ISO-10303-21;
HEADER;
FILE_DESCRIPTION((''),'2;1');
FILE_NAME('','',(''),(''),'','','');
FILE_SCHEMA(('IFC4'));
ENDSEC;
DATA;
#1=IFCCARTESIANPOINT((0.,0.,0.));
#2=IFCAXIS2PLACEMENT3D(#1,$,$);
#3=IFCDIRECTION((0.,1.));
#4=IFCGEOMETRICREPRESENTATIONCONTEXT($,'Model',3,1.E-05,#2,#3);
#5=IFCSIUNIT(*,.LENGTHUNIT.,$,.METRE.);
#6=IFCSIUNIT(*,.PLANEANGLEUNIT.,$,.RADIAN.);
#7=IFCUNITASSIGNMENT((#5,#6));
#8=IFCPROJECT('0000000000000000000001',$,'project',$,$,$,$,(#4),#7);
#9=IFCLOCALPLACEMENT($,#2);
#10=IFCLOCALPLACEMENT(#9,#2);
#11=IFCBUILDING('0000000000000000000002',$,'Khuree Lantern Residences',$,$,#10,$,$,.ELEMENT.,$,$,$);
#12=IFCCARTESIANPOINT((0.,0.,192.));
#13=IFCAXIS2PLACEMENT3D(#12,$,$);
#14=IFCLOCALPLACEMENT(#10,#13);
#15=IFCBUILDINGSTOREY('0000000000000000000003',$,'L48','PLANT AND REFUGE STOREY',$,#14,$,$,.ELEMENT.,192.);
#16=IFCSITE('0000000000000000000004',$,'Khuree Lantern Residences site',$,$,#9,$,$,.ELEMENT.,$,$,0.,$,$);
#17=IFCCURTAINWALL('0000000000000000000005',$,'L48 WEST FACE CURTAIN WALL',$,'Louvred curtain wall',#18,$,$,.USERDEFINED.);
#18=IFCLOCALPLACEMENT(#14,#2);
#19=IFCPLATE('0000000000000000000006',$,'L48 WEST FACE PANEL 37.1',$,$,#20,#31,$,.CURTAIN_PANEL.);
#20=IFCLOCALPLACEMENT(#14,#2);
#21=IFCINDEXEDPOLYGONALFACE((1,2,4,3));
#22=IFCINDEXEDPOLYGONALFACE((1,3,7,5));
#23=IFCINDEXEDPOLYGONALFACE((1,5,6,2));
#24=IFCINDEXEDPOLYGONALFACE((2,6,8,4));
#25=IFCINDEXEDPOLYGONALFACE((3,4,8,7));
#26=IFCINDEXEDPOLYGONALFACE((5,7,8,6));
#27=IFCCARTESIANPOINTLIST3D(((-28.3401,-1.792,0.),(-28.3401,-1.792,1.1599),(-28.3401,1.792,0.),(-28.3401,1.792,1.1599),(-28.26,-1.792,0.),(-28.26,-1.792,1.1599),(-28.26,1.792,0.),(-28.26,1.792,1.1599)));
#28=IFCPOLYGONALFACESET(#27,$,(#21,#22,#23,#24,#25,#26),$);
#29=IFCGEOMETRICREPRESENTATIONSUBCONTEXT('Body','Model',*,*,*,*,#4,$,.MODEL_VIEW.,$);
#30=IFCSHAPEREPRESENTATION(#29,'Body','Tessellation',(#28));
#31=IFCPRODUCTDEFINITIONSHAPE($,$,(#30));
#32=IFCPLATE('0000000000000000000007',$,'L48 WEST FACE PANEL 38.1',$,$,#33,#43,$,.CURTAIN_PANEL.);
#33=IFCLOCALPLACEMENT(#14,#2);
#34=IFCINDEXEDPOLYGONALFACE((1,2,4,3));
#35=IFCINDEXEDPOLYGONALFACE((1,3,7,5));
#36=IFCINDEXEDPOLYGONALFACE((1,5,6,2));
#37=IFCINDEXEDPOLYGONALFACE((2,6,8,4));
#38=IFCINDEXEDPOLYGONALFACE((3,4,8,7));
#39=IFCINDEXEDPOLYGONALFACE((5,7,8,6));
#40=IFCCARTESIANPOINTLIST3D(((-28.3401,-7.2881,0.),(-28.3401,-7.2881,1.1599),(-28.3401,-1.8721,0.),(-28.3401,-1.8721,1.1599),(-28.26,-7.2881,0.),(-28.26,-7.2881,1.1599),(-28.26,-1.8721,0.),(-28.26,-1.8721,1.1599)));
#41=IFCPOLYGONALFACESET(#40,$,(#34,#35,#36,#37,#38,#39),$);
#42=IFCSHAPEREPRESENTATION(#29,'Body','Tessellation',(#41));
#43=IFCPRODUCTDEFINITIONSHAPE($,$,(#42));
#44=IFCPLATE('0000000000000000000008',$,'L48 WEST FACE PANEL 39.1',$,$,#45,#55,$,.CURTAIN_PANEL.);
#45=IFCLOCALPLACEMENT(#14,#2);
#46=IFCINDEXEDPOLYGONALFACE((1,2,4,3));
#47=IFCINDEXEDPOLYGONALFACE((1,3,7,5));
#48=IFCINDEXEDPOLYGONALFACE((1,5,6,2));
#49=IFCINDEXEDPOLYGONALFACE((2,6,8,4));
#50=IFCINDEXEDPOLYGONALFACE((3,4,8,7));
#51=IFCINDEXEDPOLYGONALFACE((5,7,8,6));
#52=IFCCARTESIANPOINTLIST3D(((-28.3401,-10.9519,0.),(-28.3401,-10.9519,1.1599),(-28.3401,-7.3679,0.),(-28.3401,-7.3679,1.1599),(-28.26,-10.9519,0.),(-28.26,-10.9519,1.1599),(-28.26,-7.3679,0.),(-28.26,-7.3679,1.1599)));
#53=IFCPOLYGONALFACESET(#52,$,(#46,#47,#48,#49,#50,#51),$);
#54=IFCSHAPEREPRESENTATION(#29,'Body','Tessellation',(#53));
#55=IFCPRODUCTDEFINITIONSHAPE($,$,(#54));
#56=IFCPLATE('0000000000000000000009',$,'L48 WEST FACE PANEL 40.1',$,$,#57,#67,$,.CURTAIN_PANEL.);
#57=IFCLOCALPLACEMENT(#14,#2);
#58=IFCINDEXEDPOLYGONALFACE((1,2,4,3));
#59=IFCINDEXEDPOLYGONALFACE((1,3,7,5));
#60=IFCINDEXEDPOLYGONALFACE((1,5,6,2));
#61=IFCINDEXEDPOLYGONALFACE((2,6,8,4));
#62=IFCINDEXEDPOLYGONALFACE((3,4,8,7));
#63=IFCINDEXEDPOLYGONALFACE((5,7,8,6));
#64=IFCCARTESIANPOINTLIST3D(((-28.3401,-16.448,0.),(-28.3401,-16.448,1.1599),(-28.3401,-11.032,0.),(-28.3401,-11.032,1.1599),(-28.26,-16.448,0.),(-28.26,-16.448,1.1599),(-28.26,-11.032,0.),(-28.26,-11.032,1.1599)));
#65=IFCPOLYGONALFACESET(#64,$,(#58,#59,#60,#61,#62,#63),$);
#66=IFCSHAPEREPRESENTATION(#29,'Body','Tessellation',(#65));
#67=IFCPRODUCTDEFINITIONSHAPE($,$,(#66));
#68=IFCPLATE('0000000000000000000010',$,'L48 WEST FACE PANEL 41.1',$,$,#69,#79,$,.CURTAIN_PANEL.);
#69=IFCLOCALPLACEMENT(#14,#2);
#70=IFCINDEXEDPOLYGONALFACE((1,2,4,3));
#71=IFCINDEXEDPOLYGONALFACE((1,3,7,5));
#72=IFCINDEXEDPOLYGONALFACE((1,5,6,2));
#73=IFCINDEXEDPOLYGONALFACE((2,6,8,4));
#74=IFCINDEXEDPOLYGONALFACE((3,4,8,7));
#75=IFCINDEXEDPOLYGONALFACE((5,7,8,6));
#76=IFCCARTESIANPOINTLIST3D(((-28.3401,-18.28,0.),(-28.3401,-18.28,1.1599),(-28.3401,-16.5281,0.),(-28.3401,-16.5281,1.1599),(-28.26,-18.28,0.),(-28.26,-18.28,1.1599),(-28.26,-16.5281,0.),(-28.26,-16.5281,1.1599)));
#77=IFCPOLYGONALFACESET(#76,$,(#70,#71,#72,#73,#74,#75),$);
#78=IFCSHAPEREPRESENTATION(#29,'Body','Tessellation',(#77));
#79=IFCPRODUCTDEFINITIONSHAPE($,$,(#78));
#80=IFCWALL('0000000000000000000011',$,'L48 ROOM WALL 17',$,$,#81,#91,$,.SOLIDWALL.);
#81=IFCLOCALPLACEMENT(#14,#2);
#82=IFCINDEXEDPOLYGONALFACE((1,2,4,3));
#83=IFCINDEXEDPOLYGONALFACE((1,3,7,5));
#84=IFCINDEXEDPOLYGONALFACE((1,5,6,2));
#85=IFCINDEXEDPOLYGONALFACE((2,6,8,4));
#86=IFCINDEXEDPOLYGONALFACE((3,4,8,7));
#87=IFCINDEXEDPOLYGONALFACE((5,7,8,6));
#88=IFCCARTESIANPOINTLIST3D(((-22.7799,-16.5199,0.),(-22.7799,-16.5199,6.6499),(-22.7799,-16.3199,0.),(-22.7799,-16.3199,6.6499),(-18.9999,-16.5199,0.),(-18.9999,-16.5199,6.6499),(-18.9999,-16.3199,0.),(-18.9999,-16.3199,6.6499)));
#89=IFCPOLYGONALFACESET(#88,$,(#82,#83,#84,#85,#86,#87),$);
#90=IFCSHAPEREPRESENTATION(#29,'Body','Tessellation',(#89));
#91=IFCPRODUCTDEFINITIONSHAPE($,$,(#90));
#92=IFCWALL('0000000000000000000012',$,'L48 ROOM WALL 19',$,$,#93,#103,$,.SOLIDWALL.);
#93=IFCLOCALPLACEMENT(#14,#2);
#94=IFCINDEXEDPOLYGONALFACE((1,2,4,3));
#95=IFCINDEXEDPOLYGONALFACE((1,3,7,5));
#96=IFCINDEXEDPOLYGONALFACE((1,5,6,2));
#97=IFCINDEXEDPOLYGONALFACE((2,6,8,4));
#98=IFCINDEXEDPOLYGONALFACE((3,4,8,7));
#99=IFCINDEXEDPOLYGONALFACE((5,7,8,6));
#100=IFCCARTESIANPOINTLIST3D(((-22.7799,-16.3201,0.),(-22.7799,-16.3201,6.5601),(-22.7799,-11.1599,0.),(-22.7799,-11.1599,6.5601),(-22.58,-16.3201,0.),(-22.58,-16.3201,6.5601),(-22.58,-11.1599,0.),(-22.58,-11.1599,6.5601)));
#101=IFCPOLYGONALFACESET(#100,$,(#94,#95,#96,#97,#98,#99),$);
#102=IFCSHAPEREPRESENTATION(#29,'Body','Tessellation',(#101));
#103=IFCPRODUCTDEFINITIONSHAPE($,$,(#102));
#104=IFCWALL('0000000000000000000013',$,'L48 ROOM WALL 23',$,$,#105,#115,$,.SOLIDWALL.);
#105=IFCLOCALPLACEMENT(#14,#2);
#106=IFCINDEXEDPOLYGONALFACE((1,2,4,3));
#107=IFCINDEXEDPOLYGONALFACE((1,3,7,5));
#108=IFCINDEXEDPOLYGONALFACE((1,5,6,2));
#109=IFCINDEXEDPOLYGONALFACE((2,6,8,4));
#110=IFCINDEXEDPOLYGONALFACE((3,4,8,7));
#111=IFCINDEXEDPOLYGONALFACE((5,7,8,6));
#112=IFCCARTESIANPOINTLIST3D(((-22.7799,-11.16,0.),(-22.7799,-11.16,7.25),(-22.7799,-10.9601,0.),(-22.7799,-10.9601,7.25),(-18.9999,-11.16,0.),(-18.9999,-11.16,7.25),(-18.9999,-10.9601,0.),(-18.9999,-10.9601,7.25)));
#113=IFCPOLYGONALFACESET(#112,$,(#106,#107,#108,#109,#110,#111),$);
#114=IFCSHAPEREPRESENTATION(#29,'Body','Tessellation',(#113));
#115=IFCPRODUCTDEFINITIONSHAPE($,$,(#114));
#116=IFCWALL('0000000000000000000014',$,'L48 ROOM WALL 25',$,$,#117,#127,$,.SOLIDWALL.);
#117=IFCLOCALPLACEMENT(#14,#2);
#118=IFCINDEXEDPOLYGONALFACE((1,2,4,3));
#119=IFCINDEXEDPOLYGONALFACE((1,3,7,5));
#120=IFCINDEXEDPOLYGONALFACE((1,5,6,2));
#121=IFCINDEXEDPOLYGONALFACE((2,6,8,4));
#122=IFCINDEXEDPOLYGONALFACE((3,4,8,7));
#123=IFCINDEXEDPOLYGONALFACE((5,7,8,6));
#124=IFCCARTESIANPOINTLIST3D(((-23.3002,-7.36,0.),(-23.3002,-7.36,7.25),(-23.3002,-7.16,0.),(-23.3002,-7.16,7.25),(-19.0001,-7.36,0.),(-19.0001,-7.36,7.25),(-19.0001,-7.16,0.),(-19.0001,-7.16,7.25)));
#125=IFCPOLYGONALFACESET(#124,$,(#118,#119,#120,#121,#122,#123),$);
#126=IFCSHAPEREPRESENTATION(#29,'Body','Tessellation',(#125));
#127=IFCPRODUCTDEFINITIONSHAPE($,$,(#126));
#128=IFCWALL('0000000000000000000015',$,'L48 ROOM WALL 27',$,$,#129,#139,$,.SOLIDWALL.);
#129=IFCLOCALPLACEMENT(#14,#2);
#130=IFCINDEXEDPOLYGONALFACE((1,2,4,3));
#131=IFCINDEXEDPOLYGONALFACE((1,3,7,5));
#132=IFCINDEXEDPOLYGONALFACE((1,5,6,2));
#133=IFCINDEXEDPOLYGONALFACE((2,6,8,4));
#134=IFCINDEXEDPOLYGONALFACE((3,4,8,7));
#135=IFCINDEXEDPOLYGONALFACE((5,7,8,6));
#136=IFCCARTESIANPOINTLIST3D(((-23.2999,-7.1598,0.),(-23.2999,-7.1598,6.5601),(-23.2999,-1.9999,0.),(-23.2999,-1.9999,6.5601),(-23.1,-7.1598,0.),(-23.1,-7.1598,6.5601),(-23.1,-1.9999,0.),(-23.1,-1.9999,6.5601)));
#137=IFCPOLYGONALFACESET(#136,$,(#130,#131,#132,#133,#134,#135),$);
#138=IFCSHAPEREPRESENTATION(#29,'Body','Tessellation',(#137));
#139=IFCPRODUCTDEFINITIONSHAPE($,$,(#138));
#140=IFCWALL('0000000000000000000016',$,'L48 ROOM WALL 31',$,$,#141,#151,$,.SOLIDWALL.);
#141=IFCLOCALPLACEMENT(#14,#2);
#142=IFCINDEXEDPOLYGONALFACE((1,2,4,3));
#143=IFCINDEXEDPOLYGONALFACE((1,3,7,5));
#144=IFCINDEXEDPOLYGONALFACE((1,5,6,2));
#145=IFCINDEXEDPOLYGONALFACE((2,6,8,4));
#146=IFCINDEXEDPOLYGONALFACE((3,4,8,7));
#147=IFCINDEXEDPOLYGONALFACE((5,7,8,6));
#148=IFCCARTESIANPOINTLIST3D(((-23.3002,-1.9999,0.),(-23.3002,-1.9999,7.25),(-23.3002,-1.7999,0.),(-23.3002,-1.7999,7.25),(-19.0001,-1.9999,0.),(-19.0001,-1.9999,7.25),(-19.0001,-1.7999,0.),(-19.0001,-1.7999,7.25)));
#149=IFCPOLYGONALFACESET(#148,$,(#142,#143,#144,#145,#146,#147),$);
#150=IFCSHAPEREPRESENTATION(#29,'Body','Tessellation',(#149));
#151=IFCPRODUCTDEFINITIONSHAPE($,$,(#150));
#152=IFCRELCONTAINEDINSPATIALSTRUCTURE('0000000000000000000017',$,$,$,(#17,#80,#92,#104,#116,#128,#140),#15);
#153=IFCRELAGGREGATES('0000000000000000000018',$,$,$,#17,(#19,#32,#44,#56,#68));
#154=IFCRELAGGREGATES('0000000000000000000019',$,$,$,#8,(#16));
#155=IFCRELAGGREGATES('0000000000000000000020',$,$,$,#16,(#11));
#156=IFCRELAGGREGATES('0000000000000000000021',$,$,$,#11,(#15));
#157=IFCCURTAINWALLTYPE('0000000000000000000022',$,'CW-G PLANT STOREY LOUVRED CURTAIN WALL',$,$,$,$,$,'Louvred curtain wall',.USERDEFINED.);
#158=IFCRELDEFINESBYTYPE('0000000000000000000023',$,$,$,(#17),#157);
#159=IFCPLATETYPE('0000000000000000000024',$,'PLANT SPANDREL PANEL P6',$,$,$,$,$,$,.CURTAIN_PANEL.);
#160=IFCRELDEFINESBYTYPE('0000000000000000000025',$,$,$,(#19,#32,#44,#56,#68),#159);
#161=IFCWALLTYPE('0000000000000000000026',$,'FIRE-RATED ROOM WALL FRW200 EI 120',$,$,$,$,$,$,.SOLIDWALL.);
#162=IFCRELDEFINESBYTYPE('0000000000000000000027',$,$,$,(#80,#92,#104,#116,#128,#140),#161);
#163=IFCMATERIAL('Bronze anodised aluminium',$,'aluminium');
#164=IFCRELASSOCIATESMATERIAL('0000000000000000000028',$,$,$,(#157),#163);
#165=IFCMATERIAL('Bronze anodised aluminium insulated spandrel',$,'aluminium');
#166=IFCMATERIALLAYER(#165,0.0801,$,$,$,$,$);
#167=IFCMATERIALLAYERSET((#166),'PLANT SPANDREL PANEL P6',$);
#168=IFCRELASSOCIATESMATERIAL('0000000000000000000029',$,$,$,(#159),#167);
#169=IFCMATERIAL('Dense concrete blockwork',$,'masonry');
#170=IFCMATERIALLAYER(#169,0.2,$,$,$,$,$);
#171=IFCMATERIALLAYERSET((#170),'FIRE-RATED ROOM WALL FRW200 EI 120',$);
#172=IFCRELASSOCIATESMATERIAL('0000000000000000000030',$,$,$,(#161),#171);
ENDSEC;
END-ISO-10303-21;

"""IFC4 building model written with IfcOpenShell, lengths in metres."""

from ifc_helpers import new_model, si_unit, direction, frame, frame_2d, origin, origin_2d, place, context, subcontext, project, spatial, rectangle, extrude, material, layer, layer_set, type_object, element, aggregate, save


model = new_model("IFC4")

# Units and contexts
model_context = context("Model", 3, precision=1e-05, world=origin(), true_north=direction((0.0, 1.0)))
body_context = subcontext(model_context, "Body", "Model", "MODEL_VIEW")
ifc_project = project(units=[si_unit("LENGTHUNIT", "METRE"), si_unit("PLANEANGLEUNIT", "RADIAN")], contexts=[model_context])

# Site, building, storey
site_placement = place(None, origin())
site = spatial("IfcSite", under=ifc_project, at=site_placement, Name="Khuree Lantern Residences site", CompositionType="ELEMENT", RefElevation=0.0)
building_placement = place(site_placement, origin())
building = spatial("IfcBuilding", under=site, at=building_placement, Name="Khuree Lantern Residences", CompositionType="ELEMENT")
storey_placement = place(building_placement, frame((0.0, 0.0, 192.0)))
storey = spatial("IfcBuildingStorey", under=building, at=storey_placement, Name="L48", Description="PLANT AND REFUGE STOREY", CompositionType="ELEMENT", Elevation=192.0)

# Curtain wall
ifc_material_1 = material(Name="Bronze anodised aluminium", Category="aluminium")
curtain_wall_type = type_object("IfcCurtainWallType", Name="CW-G PLANT STOREY LOUVRED CURTAIN WALL", ElementType="Louvred curtain wall", PredefinedType="USERDEFINED", material=ifc_material_1)
curtain_wall_placement = place(storey_placement, origin())
curtain_wall = element("IfcCurtainWall", 1, at=curtain_wall_placement, inside=storey, type_object=curtain_wall_type, Name="L48 WEST FACE CURTAIN WALL", ObjectType="Louvred curtain wall", PredefinedType="USERDEFINED")

# Plates
ifc_material_2 = material(Name="Bronze anodised aluminium insulated spandrel", Category="aluminium")
ifc_layer_1 = layer(ifc_material_2, 0.0801)
ifc_layer_set_1 = layer_set([ifc_layer_1], Name="PLANT SPANDREL PANEL P6")
plate_type_1 = type_object("IfcPlateType", Name="PLANT SPANDREL PANEL P6", PredefinedType="CURTAIN_PANEL", material=ifc_layer_set_1)
plate_1_placement = place(storey_placement, frame((-28.3, 0.0, 0.0), z_axis=(0.0, 0.0, 1.0), x_axis=(0.0, -1.0, 0.0)))
plate_1 = element("IfcPlate", 2, at=plate_1_placement, type_object=plate_type_1, Name="L48 WEST FACE PANEL 37.1", PredefinedType="CURTAIN_PANEL", context=body_context, shape_type="SweptSolid", body=[
    extrude(rectangle(XDim=3.584, YDim=0.0801, at=origin_2d()), origin(), (0.0, 0.0, 1.0), 1.1599),
])
plate_2_placement = place(storey_placement, frame((-28.3, -4.5801, 0.0), z_axis=(0.0, 0.0, 1.0), x_axis=(0.0, -1.0, 0.0)))
plate_2 = element("IfcPlate", 3, at=plate_2_placement, type_object=plate_type_1, Name="L48 WEST FACE PANEL 38.1", PredefinedType="CURTAIN_PANEL", context=body_context, shape_type="SweptSolid", body=[
    extrude(rectangle(XDim=5.416, YDim=0.0801, at=origin_2d()), origin(), (0.0, 0.0, 1.0), 1.1599),
])
plate_3_placement = place(storey_placement, frame((-28.3, -9.1599, 0.0), z_axis=(0.0, 0.0, 1.0), x_axis=(0.0, -1.0, 0.0)))
plate_3 = element("IfcPlate", 4, at=plate_3_placement, type_object=plate_type_1, Name="L48 WEST FACE PANEL 39.1", PredefinedType="CURTAIN_PANEL", context=body_context, shape_type="SweptSolid", body=[
    extrude(rectangle(XDim=3.584, YDim=0.0801, at=origin_2d()), origin(), (0.0, 0.0, 1.0), 1.1599),
])
plate_4_placement = place(storey_placement, frame((-28.3, -13.74, 0.0), z_axis=(0.0, 0.0, 1.0), x_axis=(0.0, -1.0, 0.0)))
plate_4 = element("IfcPlate", 5, at=plate_4_placement, type_object=plate_type_1, Name="L48 WEST FACE PANEL 40.1", PredefinedType="CURTAIN_PANEL", context=body_context, shape_type="SweptSolid", body=[
    extrude(rectangle(XDim=5.416, YDim=0.0801, at=origin_2d()), origin(), (0.0, 0.0, 1.0), 1.1599),
])
plate_5_placement = place(storey_placement, frame((-28.3, -17.4041, 0.0), z_axis=(0.0, 0.0, 1.0), x_axis=(0.0, -1.0, 0.0)))
plate_5 = element("IfcPlate", 6, at=plate_5_placement, type_object=plate_type_1, Name="L48 WEST FACE PANEL 41.1", PredefinedType="CURTAIN_PANEL", context=body_context, shape_type="SweptSolid", body=[
    extrude(rectangle(XDim=1.752, YDim=0.0801, at=origin_2d()), origin(), (0.0, 0.0, 1.0), 1.1599),
])
aggregate(curtain_wall, [plate_1, plate_2, plate_3, plate_4, plate_5])

# Walls
ifc_material_3 = material(Name="Dense concrete blockwork", Category="masonry")
ifc_layer_2 = layer(ifc_material_3, 0.2)
ifc_layer_set_2 = layer_set([ifc_layer_2], Name="FIRE-RATED ROOM WALL FRW200 EI 120")
wall_type = type_object("IfcWallType", Name="FIRE-RATED ROOM WALL FRW200 EI 120", PredefinedType="SOLIDWALL", material=ifc_layer_set_2)
wall_1_placement = place(storey_placement, frame((-22.78, -16.4199, 0.0), z_axis=(0.0, 0.0, 1.0), x_axis=(1.0, 0.0, 0.0)))
element("IfcWall", 7, at=wall_1_placement, inside=storey, type_object=wall_type, Name="L48 ROOM WALL 17", PredefinedType="SOLIDWALL", context=body_context, shape_type="SweptSolid", body=[
    extrude(rectangle(XDim=3.78, YDim=0.2, at=frame_2d((1.8901, 0.0))), origin(), (0.0, 0.0, 1.0), 6.6499),
])
wall_2_placement = place(storey_placement, frame((-22.6799, -16.3201, 0.0), z_axis=(0.0, 0.0, 1.0), x_axis=(0.0, 1.0, 0.0)))
element("IfcWall", 8, at=wall_2_placement, inside=storey, type_object=wall_type, Name="L48 ROOM WALL 19", PredefinedType="SOLIDWALL", context=body_context, shape_type="SweptSolid", body=[
    extrude(rectangle(XDim=5.1602, YDim=0.2, at=frame_2d((2.5801, 0.0))), origin(), (0.0, 0.0, 1.0), 6.5601),
])
wall_3_placement = place(storey_placement, frame((-22.78, -11.0601, 0.0), z_axis=(0.0, 0.0, 1.0), x_axis=(1.0, 0.0, 0.0)))
element("IfcWall", 9, at=wall_3_placement, inside=storey, type_object=wall_type, Name="L48 ROOM WALL 23", PredefinedType="SOLIDWALL", context=body_context, shape_type="SweptSolid", body=[
    extrude(rectangle(XDim=3.78, YDim=0.2, at=frame_2d((1.8901, 0.0))), origin(), (0.0, 0.0, 1.0), 7.25),
])
wall_4_placement = place(storey_placement, frame((-23.3, -7.26, 0.0), z_axis=(0.0, 0.0, 1.0), x_axis=(1.0, 0.0, 0.0)))
element("IfcWall", 10, at=wall_4_placement, inside=storey, type_object=wall_type, Name="L48 ROOM WALL 25", PredefinedType="SOLIDWALL", context=body_context, shape_type="SweptSolid", body=[
    extrude(rectangle(XDim=4.3, YDim=0.2, at=frame_2d((2.1499, 0.0))), origin(), (0.0, 0.0, 1.0), 7.25),
])
wall_5_placement = place(storey_placement, frame((-23.2, -7.1599, 0.0), z_axis=(0.0, 0.0, 1.0), x_axis=(0.0, 1.0, 0.0)))
element("IfcWall", 11, at=wall_5_placement, inside=storey, type_object=wall_type, Name="L48 ROOM WALL 27", PredefinedType="SOLIDWALL", context=body_context, shape_type="SweptSolid", body=[
    extrude(rectangle(XDim=5.1599, YDim=0.2, at=frame_2d((2.5801, 0.0))), origin(), (0.0, 0.0, 1.0), 6.5601),
])
wall_6_placement = place(storey_placement, frame((-23.3, -1.8999, 0.0), z_axis=(0.0, 0.0, 1.0), x_axis=(1.0, 0.0, 0.0)))
element("IfcWall", 12, at=wall_6_placement, inside=storey, type_object=wall_type, Name="L48 ROOM WALL 31", PredefinedType="SOLIDWALL", context=body_context, shape_type="SweptSolid", body=[
    extrude(rectangle(XDim=4.3, YDim=0.2, at=frame_2d((2.1499, 0.0))), origin(), (0.0, 0.0, 1.0), 7.25),
])

save(model, "model.ifc")
